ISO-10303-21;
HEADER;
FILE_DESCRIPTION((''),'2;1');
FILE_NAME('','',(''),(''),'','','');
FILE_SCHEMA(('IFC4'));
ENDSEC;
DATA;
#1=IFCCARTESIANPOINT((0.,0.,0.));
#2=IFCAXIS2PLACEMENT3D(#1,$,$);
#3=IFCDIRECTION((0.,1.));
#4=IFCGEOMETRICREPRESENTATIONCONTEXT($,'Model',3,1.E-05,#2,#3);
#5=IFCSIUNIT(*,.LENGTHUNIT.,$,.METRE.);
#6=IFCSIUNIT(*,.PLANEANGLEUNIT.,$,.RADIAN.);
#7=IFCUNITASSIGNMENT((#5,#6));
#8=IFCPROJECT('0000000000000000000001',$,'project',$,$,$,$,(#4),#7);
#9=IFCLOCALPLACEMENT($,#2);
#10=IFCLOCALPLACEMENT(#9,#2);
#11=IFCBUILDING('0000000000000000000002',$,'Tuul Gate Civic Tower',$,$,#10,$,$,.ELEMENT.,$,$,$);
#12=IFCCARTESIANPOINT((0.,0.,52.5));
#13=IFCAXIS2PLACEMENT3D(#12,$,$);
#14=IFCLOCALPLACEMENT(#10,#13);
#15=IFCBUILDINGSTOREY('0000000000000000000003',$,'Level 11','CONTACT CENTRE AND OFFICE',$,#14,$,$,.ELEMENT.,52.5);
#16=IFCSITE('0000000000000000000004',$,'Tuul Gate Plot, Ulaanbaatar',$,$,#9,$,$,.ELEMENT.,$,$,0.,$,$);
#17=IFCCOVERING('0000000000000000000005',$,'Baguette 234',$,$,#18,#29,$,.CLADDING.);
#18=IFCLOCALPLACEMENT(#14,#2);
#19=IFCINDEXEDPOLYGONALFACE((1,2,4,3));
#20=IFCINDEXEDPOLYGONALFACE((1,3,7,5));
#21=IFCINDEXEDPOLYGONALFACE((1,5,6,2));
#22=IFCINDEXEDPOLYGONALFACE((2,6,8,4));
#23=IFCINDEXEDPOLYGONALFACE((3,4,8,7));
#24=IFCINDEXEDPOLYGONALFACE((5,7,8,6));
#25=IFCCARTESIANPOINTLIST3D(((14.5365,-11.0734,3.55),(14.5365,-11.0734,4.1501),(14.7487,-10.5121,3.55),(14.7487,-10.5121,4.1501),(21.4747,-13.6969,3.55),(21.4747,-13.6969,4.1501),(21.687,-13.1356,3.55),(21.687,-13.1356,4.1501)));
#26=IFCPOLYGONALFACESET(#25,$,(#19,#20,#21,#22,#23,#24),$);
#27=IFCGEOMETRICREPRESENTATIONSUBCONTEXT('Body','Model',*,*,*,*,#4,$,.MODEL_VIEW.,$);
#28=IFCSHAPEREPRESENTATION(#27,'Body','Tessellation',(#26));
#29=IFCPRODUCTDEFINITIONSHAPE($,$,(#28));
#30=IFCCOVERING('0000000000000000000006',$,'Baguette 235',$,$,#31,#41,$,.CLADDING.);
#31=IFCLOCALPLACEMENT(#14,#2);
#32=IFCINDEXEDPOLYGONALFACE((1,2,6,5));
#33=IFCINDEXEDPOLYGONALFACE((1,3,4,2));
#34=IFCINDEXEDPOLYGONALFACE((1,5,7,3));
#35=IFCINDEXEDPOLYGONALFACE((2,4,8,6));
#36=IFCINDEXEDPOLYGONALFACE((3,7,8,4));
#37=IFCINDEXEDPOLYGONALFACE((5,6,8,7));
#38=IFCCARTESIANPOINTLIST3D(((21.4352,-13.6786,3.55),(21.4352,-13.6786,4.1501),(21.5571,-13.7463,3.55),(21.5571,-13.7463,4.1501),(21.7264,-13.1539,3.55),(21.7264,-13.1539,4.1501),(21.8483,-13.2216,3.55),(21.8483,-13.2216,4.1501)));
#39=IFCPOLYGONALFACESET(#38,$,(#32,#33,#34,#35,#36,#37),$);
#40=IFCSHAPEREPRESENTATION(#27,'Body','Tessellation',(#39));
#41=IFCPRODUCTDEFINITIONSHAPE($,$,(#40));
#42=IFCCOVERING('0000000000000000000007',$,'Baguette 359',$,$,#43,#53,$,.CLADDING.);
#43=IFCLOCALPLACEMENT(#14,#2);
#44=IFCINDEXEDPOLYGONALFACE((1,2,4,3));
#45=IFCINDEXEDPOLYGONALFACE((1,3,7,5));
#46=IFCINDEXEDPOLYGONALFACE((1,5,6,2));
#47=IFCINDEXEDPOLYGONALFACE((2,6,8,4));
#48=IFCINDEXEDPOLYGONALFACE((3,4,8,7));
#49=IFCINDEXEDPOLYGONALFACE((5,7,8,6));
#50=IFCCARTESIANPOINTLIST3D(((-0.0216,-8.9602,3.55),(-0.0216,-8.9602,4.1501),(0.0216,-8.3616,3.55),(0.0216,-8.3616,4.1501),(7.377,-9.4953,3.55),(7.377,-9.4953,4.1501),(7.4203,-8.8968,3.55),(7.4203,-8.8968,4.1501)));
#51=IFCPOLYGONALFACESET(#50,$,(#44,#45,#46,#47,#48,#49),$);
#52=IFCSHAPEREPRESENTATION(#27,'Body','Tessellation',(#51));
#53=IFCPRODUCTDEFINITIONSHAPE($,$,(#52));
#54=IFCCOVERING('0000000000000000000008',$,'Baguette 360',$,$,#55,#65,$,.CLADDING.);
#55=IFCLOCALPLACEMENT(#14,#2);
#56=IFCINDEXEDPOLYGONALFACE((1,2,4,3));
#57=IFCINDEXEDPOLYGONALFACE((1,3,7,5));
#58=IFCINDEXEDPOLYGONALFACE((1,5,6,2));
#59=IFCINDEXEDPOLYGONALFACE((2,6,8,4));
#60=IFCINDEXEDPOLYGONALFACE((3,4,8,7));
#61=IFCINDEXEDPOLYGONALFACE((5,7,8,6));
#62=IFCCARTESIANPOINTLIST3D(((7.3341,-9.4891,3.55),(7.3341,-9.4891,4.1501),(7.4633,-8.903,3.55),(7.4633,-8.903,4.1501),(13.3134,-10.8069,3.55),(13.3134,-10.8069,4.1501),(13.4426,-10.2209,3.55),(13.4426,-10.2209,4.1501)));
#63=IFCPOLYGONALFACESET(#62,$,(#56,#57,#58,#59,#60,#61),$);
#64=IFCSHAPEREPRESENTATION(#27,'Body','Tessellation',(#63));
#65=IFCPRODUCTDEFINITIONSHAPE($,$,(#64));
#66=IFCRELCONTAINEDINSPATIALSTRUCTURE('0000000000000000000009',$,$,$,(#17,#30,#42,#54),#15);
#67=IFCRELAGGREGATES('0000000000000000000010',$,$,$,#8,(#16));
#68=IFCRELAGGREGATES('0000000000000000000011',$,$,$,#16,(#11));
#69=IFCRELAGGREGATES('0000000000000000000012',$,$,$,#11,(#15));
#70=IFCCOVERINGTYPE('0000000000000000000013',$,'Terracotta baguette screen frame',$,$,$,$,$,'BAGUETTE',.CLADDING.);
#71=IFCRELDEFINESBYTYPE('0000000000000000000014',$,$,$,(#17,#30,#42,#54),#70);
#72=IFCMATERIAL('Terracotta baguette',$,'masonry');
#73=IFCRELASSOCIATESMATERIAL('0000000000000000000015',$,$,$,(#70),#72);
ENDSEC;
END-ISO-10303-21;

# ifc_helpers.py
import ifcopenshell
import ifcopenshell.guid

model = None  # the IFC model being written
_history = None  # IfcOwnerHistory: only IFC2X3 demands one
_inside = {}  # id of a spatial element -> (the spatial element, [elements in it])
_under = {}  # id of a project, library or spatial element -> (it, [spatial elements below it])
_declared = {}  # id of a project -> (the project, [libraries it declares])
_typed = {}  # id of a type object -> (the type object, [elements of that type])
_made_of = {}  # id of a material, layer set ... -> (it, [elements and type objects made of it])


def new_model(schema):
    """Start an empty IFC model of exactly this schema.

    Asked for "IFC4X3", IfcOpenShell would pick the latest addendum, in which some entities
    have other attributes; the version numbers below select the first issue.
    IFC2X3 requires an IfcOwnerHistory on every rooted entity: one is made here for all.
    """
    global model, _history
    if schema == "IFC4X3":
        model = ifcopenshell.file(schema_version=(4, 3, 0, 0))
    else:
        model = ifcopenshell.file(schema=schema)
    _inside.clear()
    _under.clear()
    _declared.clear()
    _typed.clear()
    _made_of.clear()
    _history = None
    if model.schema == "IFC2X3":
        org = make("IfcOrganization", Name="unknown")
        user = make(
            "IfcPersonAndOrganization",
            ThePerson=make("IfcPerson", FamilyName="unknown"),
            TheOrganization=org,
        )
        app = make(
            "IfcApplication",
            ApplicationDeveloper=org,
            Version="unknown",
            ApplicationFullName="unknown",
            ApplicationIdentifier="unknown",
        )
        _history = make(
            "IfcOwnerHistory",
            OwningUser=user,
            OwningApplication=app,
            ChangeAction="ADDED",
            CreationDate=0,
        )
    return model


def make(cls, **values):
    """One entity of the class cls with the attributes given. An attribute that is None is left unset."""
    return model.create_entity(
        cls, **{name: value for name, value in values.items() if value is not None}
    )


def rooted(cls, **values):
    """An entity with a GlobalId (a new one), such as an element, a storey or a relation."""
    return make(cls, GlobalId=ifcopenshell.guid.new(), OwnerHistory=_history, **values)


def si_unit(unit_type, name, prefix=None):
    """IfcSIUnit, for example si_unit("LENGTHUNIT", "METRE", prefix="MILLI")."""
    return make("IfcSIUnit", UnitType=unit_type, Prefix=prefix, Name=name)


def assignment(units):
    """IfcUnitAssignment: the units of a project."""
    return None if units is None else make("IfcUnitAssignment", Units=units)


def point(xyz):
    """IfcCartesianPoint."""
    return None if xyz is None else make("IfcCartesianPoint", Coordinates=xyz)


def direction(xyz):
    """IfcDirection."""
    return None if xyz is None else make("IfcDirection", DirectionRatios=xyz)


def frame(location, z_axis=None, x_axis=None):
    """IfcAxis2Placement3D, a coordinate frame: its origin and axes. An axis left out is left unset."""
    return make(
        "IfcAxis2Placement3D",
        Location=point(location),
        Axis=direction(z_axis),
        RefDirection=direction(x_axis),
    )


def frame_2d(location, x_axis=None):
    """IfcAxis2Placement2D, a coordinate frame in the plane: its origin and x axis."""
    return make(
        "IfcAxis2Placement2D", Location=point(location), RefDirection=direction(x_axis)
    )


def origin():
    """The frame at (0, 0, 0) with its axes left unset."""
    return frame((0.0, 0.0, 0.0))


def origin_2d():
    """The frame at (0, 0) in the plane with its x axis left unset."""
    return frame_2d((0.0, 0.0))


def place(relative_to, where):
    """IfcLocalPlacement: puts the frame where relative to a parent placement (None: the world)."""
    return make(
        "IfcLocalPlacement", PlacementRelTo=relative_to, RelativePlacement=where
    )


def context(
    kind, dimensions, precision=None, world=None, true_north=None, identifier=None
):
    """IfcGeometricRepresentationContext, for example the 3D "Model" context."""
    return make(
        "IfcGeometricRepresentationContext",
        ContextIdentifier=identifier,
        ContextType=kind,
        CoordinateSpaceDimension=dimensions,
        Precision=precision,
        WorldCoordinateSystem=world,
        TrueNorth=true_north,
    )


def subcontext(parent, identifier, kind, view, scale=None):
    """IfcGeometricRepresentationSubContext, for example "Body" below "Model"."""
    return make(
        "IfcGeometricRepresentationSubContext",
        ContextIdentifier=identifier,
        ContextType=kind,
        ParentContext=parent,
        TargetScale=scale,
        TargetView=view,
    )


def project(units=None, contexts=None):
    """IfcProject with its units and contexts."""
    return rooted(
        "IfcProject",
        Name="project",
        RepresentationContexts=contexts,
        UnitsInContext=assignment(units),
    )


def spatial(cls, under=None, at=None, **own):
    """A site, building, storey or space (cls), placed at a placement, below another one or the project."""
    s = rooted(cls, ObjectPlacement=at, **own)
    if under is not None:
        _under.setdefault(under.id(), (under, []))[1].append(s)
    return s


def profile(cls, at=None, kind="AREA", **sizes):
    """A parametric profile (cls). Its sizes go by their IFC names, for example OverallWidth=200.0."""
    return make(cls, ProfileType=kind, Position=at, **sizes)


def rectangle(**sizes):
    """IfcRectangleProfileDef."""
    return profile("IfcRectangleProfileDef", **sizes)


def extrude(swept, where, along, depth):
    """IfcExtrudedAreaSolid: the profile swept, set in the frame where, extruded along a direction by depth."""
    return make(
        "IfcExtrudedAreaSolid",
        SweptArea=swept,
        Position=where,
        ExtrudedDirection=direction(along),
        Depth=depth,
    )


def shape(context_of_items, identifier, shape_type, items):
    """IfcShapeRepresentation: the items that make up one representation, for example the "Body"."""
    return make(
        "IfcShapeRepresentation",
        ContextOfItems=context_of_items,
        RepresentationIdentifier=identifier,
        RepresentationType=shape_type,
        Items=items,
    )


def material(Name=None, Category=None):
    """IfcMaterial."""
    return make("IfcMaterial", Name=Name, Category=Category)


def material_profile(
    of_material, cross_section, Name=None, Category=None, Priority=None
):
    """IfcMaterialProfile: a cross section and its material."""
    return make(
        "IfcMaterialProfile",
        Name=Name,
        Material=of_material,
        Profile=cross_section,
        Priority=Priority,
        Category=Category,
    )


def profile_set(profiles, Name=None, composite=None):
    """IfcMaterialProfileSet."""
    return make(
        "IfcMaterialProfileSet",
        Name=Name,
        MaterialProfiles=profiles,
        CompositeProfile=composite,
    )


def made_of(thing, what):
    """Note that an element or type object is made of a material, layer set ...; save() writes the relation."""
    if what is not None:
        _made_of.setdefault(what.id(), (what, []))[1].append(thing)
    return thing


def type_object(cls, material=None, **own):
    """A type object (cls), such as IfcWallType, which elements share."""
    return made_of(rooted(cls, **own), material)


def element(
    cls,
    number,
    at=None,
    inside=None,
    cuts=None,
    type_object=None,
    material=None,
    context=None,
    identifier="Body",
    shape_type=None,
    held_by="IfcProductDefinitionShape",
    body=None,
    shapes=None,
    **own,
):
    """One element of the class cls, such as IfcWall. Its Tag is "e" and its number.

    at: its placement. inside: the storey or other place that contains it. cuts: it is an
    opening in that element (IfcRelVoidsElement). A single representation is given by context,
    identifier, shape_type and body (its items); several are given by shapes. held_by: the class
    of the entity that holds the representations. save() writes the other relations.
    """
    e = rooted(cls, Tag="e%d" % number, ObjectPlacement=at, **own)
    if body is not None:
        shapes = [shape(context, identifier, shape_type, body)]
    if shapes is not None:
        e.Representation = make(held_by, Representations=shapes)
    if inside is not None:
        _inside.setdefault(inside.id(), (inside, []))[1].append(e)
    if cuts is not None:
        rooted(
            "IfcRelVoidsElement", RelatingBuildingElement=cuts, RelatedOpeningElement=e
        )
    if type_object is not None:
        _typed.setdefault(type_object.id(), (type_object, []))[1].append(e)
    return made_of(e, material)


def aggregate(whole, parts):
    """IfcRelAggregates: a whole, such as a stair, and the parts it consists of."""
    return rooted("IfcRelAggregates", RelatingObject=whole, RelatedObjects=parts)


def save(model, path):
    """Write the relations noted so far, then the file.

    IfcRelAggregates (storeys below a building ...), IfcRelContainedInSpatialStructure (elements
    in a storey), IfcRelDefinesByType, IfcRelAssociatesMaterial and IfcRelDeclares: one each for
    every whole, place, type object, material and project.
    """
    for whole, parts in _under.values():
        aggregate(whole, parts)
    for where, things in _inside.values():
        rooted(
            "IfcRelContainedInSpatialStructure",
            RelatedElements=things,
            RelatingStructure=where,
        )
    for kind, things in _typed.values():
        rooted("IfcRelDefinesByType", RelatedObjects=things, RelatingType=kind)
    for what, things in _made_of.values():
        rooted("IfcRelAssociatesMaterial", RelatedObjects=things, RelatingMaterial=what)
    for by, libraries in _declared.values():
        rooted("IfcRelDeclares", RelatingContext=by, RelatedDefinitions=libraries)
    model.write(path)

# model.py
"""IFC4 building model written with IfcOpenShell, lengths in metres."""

from ifc_helpers import new_model, si_unit, direction, frame, origin, origin_2d, place, context, subcontext, project, spatial, rectangle, extrude, material, material_profile, profile_set, type_object, element, save


model = new_model("IFC4")

# Units and contexts
model_context = context("Model", 3, precision=1e-05, world=origin(), true_north=direction((0.0, 1.0)))
body_context = subcontext(model_context, "Body", "Model", "MODEL_VIEW")
ifc_project = project(units=[si_unit("LENGTHUNIT", "METRE"), si_unit("PLANEANGLEUNIT", "RADIAN")], contexts=[model_context])

# Site, building, storey
site_placement = place(None, origin())
site = spatial("IfcSite", under=ifc_project, at=site_placement, Name="Tuul Gate Plot, Ulaanbaatar", CompositionType="ELEMENT", RefElevation=0.0)
building_placement = place(site_placement, origin())
building = spatial("IfcBuilding", under=site, at=building_placement, Name="Tuul Gate Civic Tower", CompositionType="ELEMENT")
storey_placement = place(building_placement, frame((0.0, 0.0, 52.5)))
storey = spatial("IfcBuildingStorey", under=building, at=storey_placement, Name="Level 11", Description="CONTACT CENTRE AND OFFICE", CompositionType="ELEMENT", Elevation=52.5)

# Coverings
ifc_material_1 = material(Name="Terracotta baguette", Category="masonry")
ifc_material_profile_1 = material_profile(ifc_material_1, rectangle(XDim=0.6001, YDim=0.6001, at=origin_2d()), Name="Terracotta baguette screen frame")
ifc_profile_set_1 = profile_set([ifc_material_profile_1], Name="Terracotta baguette")
covering_type = type_object("IfcCoveringType", Name="Terracotta baguette screen frame", ElementType="BAGUETTE", PredefinedType="CLADDING", material=ifc_profile_set_1)
covering_1_placement = place(storey_placement, frame((14.6426, -10.7927, 3.8501), z_axis=(0.935364, -0.353687, 0.0), x_axis=(0.353687, 0.935364, 0.0)))
element("IfcCovering", 1, at=covering_1_placement, inside=storey, type_object=covering_type, Name="Baguette 234", PredefinedType="CLADDING", context=body_context, shape_type="SweptSolid", body=[
    extrude(rectangle(XDim=0.6001, YDim=0.6001, at=origin_2d()), origin(), (0.0, 0.0, 1.0), 7.4177),
])
covering_2_placement = place(storey_placement, frame((21.5808, -13.4163, 3.8501), z_axis=(0.874323, -0.485345, 0.0), x_axis=(0.485345, 0.874323, 0.0)))
element("IfcCovering", 2, at=covering_2_placement, inside=storey, type_object=covering_type, Name="Baguette 235", PredefinedType="CLADDING", context=body_context, shape_type="SweptSolid", body=[
    extrude(rectangle(XDim=0.6001, YDim=0.6001, at=origin_2d()), origin(), (0.0, 0.0, 1.0), 0.1394),
])
covering_3_placement = place(storey_placement, frame((0.0, -8.6609, 3.8501), z_axis=(0.997394, -0.072143, 0.0), x_axis=(0.072143, 0.997394, 0.0)))
element("IfcCovering", 3, at=covering_3_placement, inside=storey, type_object=covering_type, Name="Baguette 359", PredefinedType="CLADDING", context=body_context, shape_type="SweptSolid", body=[
    extrude(rectangle(XDim=0.6001, YDim=0.6001, at=origin_2d()), origin(), (0.0, 0.0, 1.0), 7.418),
])
covering_4_placement = place(storey_placement, frame((7.3987, -9.196, 3.8501), z_axis=(0.976561, -0.215241, 0.0), x_axis=(0.215241, 0.976561, 0.0)))
element("IfcCovering", 4, at=covering_4_placement, inside=storey, type_object=covering_type, Name="Baguette 360", PredefinedType="CLADDING", context=body_context, shape_type="SweptSolid", body=[
    extrude(rectangle(XDim=0.6001, YDim=0.6001, at=origin_2d()), origin(), (0.0, 0.0, 1.0), 6.1228),
])

save(model, "model.ifc")
